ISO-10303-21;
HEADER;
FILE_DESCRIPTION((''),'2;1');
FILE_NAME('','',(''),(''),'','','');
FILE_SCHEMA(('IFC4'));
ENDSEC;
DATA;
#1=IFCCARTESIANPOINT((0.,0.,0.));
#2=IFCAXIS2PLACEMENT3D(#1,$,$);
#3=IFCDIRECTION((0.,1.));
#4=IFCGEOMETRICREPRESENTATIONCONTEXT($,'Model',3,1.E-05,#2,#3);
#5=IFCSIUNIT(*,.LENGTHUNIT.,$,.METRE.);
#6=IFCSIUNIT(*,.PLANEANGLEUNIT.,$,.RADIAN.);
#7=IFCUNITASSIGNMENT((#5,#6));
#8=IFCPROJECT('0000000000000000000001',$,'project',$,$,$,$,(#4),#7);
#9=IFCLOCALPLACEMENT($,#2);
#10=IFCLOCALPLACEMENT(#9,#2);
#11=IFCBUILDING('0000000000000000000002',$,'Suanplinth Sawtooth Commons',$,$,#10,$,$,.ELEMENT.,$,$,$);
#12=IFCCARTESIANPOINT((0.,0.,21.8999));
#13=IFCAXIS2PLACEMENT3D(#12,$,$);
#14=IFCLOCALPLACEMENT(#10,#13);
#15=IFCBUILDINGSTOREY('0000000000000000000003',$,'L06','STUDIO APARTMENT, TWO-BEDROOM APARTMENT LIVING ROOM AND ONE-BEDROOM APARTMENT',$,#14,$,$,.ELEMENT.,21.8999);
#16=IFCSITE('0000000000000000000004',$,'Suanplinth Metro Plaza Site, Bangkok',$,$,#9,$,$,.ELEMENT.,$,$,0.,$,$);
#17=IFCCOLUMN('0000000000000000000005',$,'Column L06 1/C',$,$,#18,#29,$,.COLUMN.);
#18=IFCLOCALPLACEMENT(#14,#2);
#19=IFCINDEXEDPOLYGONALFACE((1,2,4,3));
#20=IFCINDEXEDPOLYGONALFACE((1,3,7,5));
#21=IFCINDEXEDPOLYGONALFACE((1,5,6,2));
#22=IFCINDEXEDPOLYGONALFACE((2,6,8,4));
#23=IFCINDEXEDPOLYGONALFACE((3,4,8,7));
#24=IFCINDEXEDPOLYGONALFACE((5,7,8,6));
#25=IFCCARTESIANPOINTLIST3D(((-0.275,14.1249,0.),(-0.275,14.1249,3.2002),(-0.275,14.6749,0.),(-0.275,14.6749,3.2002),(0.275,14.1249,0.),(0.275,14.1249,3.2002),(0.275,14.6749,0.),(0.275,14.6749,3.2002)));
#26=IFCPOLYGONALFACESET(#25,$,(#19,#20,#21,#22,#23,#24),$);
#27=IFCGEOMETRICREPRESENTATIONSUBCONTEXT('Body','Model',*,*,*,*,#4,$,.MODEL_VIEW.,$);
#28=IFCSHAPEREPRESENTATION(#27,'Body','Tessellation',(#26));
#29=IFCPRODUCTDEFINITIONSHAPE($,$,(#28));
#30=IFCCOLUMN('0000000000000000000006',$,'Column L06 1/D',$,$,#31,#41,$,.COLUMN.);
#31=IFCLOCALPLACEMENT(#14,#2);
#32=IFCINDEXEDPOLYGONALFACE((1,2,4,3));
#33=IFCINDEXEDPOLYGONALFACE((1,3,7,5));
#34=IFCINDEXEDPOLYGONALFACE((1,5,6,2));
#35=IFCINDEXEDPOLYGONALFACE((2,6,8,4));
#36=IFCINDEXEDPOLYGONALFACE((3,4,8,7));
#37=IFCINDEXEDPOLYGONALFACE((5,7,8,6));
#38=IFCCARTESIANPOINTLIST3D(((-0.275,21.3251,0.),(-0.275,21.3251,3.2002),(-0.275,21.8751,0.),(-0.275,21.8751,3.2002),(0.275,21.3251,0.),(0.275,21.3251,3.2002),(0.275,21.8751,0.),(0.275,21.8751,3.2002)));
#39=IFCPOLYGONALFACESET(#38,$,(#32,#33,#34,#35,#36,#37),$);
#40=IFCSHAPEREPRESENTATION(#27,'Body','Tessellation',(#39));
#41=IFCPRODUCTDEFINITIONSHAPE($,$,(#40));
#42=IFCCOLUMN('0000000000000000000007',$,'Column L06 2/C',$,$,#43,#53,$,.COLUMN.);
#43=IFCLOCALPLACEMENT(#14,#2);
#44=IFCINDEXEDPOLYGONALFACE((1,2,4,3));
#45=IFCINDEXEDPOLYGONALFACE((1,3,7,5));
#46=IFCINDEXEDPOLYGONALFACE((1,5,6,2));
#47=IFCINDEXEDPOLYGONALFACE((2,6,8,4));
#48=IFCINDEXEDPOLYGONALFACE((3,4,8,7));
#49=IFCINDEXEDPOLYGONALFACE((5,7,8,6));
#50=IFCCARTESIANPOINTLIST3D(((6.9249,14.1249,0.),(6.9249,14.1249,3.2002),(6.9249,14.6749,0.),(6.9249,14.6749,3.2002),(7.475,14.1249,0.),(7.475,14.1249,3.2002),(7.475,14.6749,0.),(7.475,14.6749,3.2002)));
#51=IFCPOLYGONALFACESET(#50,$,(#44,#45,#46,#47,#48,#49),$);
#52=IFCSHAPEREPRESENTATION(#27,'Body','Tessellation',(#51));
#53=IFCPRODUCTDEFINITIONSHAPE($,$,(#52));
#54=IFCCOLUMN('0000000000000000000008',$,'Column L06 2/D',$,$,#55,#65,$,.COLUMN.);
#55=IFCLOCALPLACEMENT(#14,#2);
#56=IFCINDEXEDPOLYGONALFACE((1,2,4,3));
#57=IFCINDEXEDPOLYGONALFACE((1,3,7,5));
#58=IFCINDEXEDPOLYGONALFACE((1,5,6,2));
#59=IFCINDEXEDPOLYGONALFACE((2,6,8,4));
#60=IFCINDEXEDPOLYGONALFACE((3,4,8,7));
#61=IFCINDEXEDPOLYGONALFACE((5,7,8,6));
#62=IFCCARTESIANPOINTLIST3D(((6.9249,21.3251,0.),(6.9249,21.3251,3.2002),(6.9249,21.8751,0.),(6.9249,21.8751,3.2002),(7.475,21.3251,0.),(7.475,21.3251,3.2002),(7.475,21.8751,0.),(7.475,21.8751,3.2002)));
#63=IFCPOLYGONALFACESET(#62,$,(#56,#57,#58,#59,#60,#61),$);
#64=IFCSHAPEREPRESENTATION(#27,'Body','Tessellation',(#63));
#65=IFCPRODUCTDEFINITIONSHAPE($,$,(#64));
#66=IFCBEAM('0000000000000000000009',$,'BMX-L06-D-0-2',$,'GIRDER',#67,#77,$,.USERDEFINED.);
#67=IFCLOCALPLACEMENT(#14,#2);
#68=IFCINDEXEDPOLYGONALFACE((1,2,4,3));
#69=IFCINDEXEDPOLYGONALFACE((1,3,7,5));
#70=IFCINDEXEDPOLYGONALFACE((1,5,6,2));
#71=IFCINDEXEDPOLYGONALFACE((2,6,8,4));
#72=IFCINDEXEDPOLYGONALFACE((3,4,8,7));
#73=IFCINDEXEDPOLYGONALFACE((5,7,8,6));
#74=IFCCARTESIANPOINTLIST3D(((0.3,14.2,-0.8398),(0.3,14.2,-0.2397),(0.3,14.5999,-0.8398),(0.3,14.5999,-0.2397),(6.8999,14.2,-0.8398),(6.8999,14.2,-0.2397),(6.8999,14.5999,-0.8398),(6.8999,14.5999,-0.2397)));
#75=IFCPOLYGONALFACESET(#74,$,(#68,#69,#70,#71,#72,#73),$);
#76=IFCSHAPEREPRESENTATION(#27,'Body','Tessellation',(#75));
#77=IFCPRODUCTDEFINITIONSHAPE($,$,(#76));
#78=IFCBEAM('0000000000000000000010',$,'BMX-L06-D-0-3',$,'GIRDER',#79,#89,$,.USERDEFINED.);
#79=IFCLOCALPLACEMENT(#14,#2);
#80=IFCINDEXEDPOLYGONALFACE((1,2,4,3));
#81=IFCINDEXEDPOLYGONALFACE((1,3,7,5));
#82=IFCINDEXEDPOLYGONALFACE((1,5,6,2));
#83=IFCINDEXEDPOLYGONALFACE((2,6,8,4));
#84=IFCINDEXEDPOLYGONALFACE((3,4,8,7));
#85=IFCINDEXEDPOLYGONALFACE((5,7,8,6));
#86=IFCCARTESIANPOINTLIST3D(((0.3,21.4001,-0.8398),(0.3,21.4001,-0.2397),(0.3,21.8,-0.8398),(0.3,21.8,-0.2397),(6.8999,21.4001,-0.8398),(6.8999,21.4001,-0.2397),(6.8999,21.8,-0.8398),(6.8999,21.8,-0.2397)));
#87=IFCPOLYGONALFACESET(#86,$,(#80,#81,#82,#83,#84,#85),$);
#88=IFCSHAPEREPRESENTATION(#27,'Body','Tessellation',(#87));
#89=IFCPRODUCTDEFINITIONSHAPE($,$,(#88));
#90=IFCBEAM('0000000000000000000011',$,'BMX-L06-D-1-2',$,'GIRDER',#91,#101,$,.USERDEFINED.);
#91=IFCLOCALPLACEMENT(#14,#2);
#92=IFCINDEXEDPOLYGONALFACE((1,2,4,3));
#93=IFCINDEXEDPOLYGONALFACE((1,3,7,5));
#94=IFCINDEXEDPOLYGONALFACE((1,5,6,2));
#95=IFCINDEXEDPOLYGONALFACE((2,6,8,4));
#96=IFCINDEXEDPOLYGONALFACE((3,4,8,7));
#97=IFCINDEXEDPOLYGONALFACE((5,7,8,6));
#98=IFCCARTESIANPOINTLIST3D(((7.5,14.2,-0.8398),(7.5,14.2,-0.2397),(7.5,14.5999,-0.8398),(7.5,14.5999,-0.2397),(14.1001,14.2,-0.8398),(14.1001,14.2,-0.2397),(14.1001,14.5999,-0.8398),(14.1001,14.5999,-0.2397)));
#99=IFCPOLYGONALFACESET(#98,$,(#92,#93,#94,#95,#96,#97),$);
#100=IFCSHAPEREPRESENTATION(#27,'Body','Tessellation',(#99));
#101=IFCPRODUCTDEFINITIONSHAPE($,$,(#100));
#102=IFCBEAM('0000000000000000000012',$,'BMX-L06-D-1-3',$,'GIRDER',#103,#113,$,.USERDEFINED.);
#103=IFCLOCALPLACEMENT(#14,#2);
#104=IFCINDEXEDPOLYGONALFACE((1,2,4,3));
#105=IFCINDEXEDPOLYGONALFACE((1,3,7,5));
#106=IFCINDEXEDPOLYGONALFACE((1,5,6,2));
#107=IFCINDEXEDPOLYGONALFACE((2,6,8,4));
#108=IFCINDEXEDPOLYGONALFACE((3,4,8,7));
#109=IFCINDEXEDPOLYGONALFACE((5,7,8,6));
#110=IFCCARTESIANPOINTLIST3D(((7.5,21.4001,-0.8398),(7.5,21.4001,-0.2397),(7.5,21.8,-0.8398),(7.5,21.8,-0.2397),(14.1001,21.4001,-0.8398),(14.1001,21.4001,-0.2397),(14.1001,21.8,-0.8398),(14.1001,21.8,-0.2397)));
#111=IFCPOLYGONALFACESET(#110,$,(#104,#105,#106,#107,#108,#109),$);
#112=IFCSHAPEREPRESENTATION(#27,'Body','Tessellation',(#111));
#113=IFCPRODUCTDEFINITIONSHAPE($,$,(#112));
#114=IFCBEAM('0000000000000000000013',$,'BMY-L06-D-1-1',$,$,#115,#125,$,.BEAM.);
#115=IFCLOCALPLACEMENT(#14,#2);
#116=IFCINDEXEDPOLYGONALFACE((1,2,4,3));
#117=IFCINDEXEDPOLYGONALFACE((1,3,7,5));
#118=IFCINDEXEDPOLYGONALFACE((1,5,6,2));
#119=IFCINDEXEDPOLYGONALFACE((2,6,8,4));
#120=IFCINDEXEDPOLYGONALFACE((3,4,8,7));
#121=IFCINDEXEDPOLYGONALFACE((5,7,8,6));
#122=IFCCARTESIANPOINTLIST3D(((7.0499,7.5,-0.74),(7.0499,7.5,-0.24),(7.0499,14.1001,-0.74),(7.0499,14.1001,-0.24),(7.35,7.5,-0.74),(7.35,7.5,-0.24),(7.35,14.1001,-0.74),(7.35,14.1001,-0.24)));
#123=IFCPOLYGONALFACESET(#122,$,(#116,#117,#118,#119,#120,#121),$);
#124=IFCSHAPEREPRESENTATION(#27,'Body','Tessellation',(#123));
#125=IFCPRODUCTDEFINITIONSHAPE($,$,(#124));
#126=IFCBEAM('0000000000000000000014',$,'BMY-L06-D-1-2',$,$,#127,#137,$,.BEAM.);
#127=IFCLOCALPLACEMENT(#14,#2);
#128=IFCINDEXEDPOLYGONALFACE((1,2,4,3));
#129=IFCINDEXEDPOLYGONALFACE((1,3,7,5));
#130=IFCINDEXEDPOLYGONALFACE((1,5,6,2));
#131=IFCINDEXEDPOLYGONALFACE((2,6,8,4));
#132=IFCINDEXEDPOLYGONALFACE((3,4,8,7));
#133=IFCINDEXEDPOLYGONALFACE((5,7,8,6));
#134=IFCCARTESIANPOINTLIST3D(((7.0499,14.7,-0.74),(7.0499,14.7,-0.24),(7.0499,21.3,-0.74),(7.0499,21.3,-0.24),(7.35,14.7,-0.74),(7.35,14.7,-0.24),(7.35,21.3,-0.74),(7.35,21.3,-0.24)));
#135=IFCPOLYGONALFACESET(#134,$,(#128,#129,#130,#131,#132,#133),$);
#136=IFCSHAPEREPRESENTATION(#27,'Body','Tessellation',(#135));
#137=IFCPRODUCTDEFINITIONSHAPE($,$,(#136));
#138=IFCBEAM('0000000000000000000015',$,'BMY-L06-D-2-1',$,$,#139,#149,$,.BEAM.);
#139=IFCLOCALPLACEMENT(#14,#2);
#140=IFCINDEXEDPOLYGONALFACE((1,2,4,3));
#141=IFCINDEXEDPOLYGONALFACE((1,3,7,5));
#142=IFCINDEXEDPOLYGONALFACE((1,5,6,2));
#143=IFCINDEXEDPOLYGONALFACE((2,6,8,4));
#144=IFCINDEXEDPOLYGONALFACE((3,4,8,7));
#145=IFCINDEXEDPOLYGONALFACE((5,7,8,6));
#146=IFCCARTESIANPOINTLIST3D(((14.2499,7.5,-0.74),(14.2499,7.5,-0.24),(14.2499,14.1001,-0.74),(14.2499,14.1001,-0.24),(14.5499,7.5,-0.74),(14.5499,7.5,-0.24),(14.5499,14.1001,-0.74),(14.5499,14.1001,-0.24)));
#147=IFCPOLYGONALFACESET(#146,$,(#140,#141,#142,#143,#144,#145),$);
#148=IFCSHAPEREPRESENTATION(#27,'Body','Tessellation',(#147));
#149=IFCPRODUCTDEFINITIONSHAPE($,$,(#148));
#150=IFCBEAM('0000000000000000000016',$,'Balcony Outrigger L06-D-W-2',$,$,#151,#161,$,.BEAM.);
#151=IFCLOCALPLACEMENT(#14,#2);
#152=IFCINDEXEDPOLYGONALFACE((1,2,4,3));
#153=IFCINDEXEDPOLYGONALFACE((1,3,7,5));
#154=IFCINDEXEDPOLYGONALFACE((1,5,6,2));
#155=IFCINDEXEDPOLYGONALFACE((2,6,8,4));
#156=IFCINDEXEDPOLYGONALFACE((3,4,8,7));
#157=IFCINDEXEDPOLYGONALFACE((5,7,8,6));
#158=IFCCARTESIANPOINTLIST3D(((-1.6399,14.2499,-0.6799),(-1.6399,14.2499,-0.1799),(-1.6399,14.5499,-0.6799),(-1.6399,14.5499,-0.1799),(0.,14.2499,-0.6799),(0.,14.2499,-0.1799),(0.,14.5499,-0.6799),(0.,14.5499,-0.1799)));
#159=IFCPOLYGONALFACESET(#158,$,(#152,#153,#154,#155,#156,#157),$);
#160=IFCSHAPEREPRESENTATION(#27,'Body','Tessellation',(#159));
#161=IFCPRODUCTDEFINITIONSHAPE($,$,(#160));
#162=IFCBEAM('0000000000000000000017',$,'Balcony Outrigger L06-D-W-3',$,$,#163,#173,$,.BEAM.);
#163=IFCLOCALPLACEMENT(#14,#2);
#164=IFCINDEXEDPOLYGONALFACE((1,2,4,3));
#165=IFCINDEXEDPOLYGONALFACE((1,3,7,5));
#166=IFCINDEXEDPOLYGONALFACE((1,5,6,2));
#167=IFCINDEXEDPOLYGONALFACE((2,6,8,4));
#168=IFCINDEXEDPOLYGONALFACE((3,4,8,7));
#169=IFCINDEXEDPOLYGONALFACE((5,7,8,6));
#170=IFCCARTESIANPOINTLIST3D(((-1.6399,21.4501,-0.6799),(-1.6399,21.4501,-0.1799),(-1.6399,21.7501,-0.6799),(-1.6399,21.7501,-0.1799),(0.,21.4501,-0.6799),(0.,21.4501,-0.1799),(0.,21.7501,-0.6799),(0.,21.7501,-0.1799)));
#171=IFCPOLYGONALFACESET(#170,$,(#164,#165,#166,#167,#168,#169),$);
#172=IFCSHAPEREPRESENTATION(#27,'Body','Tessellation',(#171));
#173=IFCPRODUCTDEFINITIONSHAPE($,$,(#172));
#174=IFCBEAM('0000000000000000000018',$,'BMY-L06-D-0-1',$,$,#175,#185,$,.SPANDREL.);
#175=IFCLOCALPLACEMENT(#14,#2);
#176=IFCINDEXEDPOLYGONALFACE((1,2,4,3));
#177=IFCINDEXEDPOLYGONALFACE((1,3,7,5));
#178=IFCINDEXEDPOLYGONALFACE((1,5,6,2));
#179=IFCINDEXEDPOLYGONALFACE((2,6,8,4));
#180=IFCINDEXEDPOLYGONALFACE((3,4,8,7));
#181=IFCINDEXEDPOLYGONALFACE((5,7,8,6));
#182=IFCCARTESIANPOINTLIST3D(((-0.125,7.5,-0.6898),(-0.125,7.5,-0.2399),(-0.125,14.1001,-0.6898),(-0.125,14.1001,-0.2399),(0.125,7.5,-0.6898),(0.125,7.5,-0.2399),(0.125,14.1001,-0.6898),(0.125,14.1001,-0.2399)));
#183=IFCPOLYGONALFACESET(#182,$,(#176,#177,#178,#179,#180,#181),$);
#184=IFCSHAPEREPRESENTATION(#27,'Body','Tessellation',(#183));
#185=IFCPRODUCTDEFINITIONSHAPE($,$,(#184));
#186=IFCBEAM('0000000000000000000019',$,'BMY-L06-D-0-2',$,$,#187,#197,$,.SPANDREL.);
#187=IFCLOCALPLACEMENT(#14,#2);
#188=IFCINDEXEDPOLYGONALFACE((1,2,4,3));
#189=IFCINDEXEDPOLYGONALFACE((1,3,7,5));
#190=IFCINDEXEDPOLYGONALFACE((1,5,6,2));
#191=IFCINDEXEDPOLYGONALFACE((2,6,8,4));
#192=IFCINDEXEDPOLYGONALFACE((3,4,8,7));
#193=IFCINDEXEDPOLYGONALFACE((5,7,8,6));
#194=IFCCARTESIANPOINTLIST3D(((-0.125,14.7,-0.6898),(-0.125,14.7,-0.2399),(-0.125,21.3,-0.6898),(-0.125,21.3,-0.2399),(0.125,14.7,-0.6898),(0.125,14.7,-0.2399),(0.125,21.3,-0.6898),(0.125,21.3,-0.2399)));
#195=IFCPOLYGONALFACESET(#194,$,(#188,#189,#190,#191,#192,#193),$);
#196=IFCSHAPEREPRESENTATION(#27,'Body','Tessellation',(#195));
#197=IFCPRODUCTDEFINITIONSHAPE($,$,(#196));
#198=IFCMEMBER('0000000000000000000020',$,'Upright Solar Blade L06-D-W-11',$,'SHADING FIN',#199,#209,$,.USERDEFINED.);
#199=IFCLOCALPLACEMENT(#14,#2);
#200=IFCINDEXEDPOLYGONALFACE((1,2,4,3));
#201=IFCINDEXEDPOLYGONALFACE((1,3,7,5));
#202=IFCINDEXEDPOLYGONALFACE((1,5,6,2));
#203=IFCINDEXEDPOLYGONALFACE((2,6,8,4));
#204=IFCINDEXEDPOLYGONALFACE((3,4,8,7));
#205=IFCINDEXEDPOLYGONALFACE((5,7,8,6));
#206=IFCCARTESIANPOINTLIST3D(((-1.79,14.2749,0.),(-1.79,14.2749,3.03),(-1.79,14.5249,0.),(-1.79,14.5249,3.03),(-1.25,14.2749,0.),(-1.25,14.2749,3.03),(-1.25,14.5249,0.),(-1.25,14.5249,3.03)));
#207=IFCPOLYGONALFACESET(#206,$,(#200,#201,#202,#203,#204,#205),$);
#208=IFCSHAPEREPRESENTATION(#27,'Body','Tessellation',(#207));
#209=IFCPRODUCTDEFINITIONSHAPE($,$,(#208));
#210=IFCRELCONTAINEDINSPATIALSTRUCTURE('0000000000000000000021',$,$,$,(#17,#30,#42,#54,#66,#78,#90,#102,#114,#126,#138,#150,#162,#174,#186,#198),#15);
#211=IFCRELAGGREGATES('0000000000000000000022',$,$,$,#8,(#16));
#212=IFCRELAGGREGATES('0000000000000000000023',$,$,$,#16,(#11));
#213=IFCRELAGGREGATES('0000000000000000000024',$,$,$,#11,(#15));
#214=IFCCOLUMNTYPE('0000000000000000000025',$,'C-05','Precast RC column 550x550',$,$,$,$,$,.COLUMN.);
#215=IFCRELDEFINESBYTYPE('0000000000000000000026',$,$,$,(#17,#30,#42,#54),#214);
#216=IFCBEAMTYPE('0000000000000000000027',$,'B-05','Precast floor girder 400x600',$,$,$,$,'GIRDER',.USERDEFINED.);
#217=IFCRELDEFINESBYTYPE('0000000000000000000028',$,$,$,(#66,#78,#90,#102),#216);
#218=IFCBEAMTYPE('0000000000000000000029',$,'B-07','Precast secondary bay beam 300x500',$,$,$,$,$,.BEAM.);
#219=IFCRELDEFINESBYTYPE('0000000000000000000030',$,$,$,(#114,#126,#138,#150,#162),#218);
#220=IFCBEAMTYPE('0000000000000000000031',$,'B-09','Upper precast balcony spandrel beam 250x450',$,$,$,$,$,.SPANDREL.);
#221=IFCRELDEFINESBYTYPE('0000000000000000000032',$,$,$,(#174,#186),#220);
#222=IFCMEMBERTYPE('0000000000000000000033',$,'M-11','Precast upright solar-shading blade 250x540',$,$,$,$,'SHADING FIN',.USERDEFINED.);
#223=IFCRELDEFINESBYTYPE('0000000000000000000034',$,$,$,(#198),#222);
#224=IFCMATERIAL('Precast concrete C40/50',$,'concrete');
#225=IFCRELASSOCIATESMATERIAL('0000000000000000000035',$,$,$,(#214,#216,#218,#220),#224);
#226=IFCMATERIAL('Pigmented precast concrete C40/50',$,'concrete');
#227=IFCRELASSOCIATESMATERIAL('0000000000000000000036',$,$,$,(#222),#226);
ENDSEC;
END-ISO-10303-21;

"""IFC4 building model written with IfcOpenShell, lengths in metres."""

from ifc_helpers import new_model, si_unit, direction, frame, origin, origin_2d, place, context, subcontext, project, spatial, rectangle, extrude, material, material_profile, profile_set, type_object, element, save


model = new_model("IFC4")

# Units and contexts
model_context = context("Model", 3, precision=1e-05, world=origin(), true_north=direction((0.0, 1.0)))
body_context = subcontext(model_context, "Body", "Model", "MODEL_VIEW")
ifc_project = project(units=[si_unit("LENGTHUNIT", "METRE"), si_unit("PLANEANGLEUNIT", "RADIAN")], contexts=[model_context])

# Site, building, storey
site_placement = place(None, origin())
site = spatial("IfcSite", under=ifc_project, at=site_placement, Name="Suanplinth Metro Plaza Site, Bangkok", CompositionType="ELEMENT", RefElevation=0.0)
building_placement = place(site_placement, origin())
building = spatial("IfcBuilding", under=site, at=building_placement, Name="Suanplinth Sawtooth Commons", CompositionType="ELEMENT")
storey_placement = place(building_placement, frame((0.0, 0.0, 21.8999)))
storey = spatial("IfcBuildingStorey", under=building, at=storey_placement, Name="L06", Description="STUDIO APARTMENT, TWO-BEDROOM APARTMENT LIVING ROOM AND ONE-BEDROOM APARTMENT", CompositionType="ELEMENT", Elevation=21.8999)

# Columns
ifc_material_1 = material(Name="Precast concrete C40/50", Category="concrete")
ifc_material_profile_1 = material_profile(ifc_material_1, rectangle(XDim=0.55, YDim=0.55, at=origin_2d()), Name="PC-COL 550x550")
ifc_profile_set_1 = profile_set([ifc_material_profile_1], Name="Precast concrete C40/50")
column_type = type_object("IfcColumnType", Name="C-05", Description="Precast RC column 550x550", PredefinedType="COLUMN", material=ifc_profile_set_1)
for number, where, z_axis, x_axis, name in (
    (1, (0.0, 14.3999, 0.0), (0.0, 0.0, 1.0), (1.0, 0.0, 0.0), "Column L06 1/C"),
    (2, (0.0, 21.6001, 0.0), (0.0, 0.0, 1.0), (1.0, 0.0, 0.0), "Column L06 1/D"),
    (3, (7.2, 14.3999, 0.0), (0.0, 0.0, 1.0), (1.0, 0.0, 0.0), "Column L06 2/C"),
    (4, (7.2, 21.6001, 0.0), (0.0, 0.0, 1.0), (1.0, 0.0, 0.0), "Column L06 2/D"),
):
    element("IfcColumn", number, at=place(storey_placement, frame(where, z_axis=z_axis, x_axis=x_axis)), inside=storey, type_object=column_type, Name=name, PredefinedType="COLUMN", context=body_context, shape_type="SweptSolid", body=[
        extrude(rectangle(XDim=0.55, YDim=0.55, at=origin_2d()), origin(), (0.0, 0.0, 1.0), 3.2002),
    ])

# Beams
ifc_material_profile_2 = material_profile(ifc_material_1, rectangle(XDim=0.3999, YDim=0.6001, at=origin_2d()), Name="PC-GDR 400x600")
ifc_profile_set_2 = profile_set([ifc_material_profile_2], Name="Precast concrete C40/50")
beam_type_1 = type_object("IfcBeamType", Name="B-05", Description="Precast floor girder 400x600", ElementType="GIRDER", PredefinedType="USERDEFINED", material=ifc_profile_set_2)
for number, where, z_axis, x_axis, name in (
    (5, (0.3, 14.3999, -0.5398), (1.0, 0.0, 0.0), (0.0, 1.0, 0.0), "BMX-L06-D-0-2"),
    (6, (0.3, 21.6001, -0.5398), (1.0, 0.0, 0.0), (0.0, 1.0, 0.0), "BMX-L06-D-0-3"),
):
    element("IfcBeam", number, at=place(storey_placement, frame(where, z_axis=z_axis, x_axis=x_axis)), inside=storey, type_object=beam_type_1, Name=name, ObjectType="GIRDER", PredefinedType="USERDEFINED", context=body_context, shape_type="SweptSolid", body=[
        extrude(rectangle(XDim=0.3999, YDim=0.6001, at=origin_2d()), origin(), (0.0, 0.0, 1.0), 6.5999),
    ])
for number, where, z_axis, x_axis, name in (
    (7, (7.5, 14.3999, -0.5398), (1.0, 0.0, 0.0), (0.0, 1.0, 0.0), "BMX-L06-D-1-2"),
    (8, (7.5, 21.6001, -0.5398), (1.0, 0.0, 0.0), (0.0, 1.0, 0.0), "BMX-L06-D-1-3"),
):
    element("IfcBeam", number, at=place(storey_placement, frame(where, z_axis=z_axis, x_axis=x_axis)), inside=storey, type_object=beam_type_1, Name=name, ObjectType="GIRDER", PredefinedType="USERDEFINED", context=body_context, shape_type="SweptSolid", body=[
        extrude(rectangle(XDim=0.3999, YDim=0.6001, at=origin_2d()), origin(), (0.0, 0.0, 1.0), 6.6001),
    ])
ifc_material_profile_3 = material_profile(ifc_material_1, rectangle(XDim=0.3, YDim=0.5, at=origin_2d()), Name="PC-BM 300x500")
ifc_profile_set_3 = profile_set([ifc_material_profile_3], Name="Precast concrete C40/50")
beam_type_2 = type_object("IfcBeamType", Name="B-07", Description="Precast secondary bay beam 300x500", PredefinedType="BEAM", material=ifc_profile_set_3)
for number, where, z_axis, x_axis, name in (
    (9, (7.2, 7.5, -0.49), (0.0, 1.0, 0.0), (-1.0, 0.0, 0.0), "BMY-L06-D-1-1"),
    (10, (7.2, 14.7, -0.49), (0.0, 1.0, 0.0), (-1.0, 0.0, 0.0), "BMY-L06-D-1-2"),
    (11, (14.3999, 7.5, -0.49), (0.0, 1.0, 0.0), (-1.0, 0.0, 0.0), "BMY-L06-D-2-1"),
):
    element("IfcBeam", number, at=place(storey_placement, frame(where, z_axis=z_axis, x_axis=x_axis)), inside=storey, type_object=beam_type_2, Name=name, PredefinedType="BEAM", context=body_context, shape_type="SweptSolid", body=[
        extrude(rectangle(XDim=0.3, YDim=0.5, at=origin_2d()), origin(), (0.0, 0.0, 1.0), 6.6001),
    ])
for number, where, z_axis, x_axis, name in (
    (12, (0.0, 14.3999, -0.4299), (-1.0, 0.0, 0.0), (0.0, -1.0, 0.0), "Balcony Outrigger L06-D-W-2"),
    (13, (0.0, 21.6001, -0.4299), (-1.0, 0.0, 0.0), (0.0, -1.0, 0.0), "Balcony Outrigger L06-D-W-3"),
):
    element("IfcBeam", number, at=place(storey_placement, frame(where, z_axis=z_axis, x_axis=x_axis)), inside=storey, type_object=beam_type_2, Name=name, PredefinedType="BEAM", context=body_context, shape_type="SweptSolid", body=[
        extrude(rectangle(XDim=0.3, YDim=0.5, at=origin_2d()), origin(), (0.0, 0.0, 1.0), 1.6399),
    ])
ifc_material_profile_4 = material_profile(ifc_material_1, rectangle(XDim=0.25, YDim=0.45, at=origin_2d()), Name="PC-SP 250x450")
ifc_profile_set_4 = profile_set([ifc_material_profile_4], Name="Precast concrete C40/50")
beam_type_3 = type_object("IfcBeamType", Name="B-09", Description="Upper precast balcony spandrel beam 250x450", PredefinedType="SPANDREL", material=ifc_profile_set_4)
for number, where, z_axis, x_axis, name in (
    (14, (0.0, 7.5, -0.4648), (0.0, 1.0, 0.0), (-1.0, 0.0, 0.0), "BMY-L06-D-0-1"),
    (15, (0.0, 14.7, -0.4648), (0.0, 1.0, 0.0), (-1.0, 0.0, 0.0), "BMY-L06-D-0-2"),
):
    element("IfcBeam", number, at=place(storey_placement, frame(where, z_axis=z_axis, x_axis=x_axis)), inside=storey, type_object=beam_type_3, Name=name, PredefinedType="SPANDREL", context=body_context, shape_type="SweptSolid", body=[
        extrude(rectangle(XDim=0.25, YDim=0.45, at=origin_2d()), origin(), (0.0, 0.0, 1.0), 6.6001),
    ])

# Member
ifc_material_2 = material(Name="Pigmented precast concrete C40/50", Category="concrete")
ifc_material_profile_5 = material_profile(ifc_material_2, rectangle(XDim=0.25, YDim=0.54, at=origin_2d()), Name="PC-FIN 250x540")
ifc_profile_set_5 = profile_set([ifc_material_profile_5], Name="Pigmented precast concrete C40/50")
member_type = type_object("IfcMemberType", Name="M-11", Description="Precast upright solar-shading blade 250x540", ElementType="SHADING FIN", PredefinedType="USERDEFINED", material=ifc_profile_set_5)
for number, where, z_axis, x_axis, name in (
    (16, (-1.52, 14.3999, 0.0), (0.0, 0.0, 1.0), (0.0, 1.0, 0.0), "Upright Solar Blade L06-D-W-11"),
):
    element("IfcMember", number, at=place(storey_placement, frame(where, z_axis=z_axis, x_axis=x_axis)), inside=storey, type_object=member_type, Name=name, ObjectType="SHADING FIN", PredefinedType="USERDEFINED", context=body_context, shape_type="SweptSolid", body=[
        extrude(rectangle(XDim=0.25, YDim=0.54, at=origin_2d()), origin(), (0.0, 0.0, 1.0), 3.03),
    ])

save(model, "model.ifc")
